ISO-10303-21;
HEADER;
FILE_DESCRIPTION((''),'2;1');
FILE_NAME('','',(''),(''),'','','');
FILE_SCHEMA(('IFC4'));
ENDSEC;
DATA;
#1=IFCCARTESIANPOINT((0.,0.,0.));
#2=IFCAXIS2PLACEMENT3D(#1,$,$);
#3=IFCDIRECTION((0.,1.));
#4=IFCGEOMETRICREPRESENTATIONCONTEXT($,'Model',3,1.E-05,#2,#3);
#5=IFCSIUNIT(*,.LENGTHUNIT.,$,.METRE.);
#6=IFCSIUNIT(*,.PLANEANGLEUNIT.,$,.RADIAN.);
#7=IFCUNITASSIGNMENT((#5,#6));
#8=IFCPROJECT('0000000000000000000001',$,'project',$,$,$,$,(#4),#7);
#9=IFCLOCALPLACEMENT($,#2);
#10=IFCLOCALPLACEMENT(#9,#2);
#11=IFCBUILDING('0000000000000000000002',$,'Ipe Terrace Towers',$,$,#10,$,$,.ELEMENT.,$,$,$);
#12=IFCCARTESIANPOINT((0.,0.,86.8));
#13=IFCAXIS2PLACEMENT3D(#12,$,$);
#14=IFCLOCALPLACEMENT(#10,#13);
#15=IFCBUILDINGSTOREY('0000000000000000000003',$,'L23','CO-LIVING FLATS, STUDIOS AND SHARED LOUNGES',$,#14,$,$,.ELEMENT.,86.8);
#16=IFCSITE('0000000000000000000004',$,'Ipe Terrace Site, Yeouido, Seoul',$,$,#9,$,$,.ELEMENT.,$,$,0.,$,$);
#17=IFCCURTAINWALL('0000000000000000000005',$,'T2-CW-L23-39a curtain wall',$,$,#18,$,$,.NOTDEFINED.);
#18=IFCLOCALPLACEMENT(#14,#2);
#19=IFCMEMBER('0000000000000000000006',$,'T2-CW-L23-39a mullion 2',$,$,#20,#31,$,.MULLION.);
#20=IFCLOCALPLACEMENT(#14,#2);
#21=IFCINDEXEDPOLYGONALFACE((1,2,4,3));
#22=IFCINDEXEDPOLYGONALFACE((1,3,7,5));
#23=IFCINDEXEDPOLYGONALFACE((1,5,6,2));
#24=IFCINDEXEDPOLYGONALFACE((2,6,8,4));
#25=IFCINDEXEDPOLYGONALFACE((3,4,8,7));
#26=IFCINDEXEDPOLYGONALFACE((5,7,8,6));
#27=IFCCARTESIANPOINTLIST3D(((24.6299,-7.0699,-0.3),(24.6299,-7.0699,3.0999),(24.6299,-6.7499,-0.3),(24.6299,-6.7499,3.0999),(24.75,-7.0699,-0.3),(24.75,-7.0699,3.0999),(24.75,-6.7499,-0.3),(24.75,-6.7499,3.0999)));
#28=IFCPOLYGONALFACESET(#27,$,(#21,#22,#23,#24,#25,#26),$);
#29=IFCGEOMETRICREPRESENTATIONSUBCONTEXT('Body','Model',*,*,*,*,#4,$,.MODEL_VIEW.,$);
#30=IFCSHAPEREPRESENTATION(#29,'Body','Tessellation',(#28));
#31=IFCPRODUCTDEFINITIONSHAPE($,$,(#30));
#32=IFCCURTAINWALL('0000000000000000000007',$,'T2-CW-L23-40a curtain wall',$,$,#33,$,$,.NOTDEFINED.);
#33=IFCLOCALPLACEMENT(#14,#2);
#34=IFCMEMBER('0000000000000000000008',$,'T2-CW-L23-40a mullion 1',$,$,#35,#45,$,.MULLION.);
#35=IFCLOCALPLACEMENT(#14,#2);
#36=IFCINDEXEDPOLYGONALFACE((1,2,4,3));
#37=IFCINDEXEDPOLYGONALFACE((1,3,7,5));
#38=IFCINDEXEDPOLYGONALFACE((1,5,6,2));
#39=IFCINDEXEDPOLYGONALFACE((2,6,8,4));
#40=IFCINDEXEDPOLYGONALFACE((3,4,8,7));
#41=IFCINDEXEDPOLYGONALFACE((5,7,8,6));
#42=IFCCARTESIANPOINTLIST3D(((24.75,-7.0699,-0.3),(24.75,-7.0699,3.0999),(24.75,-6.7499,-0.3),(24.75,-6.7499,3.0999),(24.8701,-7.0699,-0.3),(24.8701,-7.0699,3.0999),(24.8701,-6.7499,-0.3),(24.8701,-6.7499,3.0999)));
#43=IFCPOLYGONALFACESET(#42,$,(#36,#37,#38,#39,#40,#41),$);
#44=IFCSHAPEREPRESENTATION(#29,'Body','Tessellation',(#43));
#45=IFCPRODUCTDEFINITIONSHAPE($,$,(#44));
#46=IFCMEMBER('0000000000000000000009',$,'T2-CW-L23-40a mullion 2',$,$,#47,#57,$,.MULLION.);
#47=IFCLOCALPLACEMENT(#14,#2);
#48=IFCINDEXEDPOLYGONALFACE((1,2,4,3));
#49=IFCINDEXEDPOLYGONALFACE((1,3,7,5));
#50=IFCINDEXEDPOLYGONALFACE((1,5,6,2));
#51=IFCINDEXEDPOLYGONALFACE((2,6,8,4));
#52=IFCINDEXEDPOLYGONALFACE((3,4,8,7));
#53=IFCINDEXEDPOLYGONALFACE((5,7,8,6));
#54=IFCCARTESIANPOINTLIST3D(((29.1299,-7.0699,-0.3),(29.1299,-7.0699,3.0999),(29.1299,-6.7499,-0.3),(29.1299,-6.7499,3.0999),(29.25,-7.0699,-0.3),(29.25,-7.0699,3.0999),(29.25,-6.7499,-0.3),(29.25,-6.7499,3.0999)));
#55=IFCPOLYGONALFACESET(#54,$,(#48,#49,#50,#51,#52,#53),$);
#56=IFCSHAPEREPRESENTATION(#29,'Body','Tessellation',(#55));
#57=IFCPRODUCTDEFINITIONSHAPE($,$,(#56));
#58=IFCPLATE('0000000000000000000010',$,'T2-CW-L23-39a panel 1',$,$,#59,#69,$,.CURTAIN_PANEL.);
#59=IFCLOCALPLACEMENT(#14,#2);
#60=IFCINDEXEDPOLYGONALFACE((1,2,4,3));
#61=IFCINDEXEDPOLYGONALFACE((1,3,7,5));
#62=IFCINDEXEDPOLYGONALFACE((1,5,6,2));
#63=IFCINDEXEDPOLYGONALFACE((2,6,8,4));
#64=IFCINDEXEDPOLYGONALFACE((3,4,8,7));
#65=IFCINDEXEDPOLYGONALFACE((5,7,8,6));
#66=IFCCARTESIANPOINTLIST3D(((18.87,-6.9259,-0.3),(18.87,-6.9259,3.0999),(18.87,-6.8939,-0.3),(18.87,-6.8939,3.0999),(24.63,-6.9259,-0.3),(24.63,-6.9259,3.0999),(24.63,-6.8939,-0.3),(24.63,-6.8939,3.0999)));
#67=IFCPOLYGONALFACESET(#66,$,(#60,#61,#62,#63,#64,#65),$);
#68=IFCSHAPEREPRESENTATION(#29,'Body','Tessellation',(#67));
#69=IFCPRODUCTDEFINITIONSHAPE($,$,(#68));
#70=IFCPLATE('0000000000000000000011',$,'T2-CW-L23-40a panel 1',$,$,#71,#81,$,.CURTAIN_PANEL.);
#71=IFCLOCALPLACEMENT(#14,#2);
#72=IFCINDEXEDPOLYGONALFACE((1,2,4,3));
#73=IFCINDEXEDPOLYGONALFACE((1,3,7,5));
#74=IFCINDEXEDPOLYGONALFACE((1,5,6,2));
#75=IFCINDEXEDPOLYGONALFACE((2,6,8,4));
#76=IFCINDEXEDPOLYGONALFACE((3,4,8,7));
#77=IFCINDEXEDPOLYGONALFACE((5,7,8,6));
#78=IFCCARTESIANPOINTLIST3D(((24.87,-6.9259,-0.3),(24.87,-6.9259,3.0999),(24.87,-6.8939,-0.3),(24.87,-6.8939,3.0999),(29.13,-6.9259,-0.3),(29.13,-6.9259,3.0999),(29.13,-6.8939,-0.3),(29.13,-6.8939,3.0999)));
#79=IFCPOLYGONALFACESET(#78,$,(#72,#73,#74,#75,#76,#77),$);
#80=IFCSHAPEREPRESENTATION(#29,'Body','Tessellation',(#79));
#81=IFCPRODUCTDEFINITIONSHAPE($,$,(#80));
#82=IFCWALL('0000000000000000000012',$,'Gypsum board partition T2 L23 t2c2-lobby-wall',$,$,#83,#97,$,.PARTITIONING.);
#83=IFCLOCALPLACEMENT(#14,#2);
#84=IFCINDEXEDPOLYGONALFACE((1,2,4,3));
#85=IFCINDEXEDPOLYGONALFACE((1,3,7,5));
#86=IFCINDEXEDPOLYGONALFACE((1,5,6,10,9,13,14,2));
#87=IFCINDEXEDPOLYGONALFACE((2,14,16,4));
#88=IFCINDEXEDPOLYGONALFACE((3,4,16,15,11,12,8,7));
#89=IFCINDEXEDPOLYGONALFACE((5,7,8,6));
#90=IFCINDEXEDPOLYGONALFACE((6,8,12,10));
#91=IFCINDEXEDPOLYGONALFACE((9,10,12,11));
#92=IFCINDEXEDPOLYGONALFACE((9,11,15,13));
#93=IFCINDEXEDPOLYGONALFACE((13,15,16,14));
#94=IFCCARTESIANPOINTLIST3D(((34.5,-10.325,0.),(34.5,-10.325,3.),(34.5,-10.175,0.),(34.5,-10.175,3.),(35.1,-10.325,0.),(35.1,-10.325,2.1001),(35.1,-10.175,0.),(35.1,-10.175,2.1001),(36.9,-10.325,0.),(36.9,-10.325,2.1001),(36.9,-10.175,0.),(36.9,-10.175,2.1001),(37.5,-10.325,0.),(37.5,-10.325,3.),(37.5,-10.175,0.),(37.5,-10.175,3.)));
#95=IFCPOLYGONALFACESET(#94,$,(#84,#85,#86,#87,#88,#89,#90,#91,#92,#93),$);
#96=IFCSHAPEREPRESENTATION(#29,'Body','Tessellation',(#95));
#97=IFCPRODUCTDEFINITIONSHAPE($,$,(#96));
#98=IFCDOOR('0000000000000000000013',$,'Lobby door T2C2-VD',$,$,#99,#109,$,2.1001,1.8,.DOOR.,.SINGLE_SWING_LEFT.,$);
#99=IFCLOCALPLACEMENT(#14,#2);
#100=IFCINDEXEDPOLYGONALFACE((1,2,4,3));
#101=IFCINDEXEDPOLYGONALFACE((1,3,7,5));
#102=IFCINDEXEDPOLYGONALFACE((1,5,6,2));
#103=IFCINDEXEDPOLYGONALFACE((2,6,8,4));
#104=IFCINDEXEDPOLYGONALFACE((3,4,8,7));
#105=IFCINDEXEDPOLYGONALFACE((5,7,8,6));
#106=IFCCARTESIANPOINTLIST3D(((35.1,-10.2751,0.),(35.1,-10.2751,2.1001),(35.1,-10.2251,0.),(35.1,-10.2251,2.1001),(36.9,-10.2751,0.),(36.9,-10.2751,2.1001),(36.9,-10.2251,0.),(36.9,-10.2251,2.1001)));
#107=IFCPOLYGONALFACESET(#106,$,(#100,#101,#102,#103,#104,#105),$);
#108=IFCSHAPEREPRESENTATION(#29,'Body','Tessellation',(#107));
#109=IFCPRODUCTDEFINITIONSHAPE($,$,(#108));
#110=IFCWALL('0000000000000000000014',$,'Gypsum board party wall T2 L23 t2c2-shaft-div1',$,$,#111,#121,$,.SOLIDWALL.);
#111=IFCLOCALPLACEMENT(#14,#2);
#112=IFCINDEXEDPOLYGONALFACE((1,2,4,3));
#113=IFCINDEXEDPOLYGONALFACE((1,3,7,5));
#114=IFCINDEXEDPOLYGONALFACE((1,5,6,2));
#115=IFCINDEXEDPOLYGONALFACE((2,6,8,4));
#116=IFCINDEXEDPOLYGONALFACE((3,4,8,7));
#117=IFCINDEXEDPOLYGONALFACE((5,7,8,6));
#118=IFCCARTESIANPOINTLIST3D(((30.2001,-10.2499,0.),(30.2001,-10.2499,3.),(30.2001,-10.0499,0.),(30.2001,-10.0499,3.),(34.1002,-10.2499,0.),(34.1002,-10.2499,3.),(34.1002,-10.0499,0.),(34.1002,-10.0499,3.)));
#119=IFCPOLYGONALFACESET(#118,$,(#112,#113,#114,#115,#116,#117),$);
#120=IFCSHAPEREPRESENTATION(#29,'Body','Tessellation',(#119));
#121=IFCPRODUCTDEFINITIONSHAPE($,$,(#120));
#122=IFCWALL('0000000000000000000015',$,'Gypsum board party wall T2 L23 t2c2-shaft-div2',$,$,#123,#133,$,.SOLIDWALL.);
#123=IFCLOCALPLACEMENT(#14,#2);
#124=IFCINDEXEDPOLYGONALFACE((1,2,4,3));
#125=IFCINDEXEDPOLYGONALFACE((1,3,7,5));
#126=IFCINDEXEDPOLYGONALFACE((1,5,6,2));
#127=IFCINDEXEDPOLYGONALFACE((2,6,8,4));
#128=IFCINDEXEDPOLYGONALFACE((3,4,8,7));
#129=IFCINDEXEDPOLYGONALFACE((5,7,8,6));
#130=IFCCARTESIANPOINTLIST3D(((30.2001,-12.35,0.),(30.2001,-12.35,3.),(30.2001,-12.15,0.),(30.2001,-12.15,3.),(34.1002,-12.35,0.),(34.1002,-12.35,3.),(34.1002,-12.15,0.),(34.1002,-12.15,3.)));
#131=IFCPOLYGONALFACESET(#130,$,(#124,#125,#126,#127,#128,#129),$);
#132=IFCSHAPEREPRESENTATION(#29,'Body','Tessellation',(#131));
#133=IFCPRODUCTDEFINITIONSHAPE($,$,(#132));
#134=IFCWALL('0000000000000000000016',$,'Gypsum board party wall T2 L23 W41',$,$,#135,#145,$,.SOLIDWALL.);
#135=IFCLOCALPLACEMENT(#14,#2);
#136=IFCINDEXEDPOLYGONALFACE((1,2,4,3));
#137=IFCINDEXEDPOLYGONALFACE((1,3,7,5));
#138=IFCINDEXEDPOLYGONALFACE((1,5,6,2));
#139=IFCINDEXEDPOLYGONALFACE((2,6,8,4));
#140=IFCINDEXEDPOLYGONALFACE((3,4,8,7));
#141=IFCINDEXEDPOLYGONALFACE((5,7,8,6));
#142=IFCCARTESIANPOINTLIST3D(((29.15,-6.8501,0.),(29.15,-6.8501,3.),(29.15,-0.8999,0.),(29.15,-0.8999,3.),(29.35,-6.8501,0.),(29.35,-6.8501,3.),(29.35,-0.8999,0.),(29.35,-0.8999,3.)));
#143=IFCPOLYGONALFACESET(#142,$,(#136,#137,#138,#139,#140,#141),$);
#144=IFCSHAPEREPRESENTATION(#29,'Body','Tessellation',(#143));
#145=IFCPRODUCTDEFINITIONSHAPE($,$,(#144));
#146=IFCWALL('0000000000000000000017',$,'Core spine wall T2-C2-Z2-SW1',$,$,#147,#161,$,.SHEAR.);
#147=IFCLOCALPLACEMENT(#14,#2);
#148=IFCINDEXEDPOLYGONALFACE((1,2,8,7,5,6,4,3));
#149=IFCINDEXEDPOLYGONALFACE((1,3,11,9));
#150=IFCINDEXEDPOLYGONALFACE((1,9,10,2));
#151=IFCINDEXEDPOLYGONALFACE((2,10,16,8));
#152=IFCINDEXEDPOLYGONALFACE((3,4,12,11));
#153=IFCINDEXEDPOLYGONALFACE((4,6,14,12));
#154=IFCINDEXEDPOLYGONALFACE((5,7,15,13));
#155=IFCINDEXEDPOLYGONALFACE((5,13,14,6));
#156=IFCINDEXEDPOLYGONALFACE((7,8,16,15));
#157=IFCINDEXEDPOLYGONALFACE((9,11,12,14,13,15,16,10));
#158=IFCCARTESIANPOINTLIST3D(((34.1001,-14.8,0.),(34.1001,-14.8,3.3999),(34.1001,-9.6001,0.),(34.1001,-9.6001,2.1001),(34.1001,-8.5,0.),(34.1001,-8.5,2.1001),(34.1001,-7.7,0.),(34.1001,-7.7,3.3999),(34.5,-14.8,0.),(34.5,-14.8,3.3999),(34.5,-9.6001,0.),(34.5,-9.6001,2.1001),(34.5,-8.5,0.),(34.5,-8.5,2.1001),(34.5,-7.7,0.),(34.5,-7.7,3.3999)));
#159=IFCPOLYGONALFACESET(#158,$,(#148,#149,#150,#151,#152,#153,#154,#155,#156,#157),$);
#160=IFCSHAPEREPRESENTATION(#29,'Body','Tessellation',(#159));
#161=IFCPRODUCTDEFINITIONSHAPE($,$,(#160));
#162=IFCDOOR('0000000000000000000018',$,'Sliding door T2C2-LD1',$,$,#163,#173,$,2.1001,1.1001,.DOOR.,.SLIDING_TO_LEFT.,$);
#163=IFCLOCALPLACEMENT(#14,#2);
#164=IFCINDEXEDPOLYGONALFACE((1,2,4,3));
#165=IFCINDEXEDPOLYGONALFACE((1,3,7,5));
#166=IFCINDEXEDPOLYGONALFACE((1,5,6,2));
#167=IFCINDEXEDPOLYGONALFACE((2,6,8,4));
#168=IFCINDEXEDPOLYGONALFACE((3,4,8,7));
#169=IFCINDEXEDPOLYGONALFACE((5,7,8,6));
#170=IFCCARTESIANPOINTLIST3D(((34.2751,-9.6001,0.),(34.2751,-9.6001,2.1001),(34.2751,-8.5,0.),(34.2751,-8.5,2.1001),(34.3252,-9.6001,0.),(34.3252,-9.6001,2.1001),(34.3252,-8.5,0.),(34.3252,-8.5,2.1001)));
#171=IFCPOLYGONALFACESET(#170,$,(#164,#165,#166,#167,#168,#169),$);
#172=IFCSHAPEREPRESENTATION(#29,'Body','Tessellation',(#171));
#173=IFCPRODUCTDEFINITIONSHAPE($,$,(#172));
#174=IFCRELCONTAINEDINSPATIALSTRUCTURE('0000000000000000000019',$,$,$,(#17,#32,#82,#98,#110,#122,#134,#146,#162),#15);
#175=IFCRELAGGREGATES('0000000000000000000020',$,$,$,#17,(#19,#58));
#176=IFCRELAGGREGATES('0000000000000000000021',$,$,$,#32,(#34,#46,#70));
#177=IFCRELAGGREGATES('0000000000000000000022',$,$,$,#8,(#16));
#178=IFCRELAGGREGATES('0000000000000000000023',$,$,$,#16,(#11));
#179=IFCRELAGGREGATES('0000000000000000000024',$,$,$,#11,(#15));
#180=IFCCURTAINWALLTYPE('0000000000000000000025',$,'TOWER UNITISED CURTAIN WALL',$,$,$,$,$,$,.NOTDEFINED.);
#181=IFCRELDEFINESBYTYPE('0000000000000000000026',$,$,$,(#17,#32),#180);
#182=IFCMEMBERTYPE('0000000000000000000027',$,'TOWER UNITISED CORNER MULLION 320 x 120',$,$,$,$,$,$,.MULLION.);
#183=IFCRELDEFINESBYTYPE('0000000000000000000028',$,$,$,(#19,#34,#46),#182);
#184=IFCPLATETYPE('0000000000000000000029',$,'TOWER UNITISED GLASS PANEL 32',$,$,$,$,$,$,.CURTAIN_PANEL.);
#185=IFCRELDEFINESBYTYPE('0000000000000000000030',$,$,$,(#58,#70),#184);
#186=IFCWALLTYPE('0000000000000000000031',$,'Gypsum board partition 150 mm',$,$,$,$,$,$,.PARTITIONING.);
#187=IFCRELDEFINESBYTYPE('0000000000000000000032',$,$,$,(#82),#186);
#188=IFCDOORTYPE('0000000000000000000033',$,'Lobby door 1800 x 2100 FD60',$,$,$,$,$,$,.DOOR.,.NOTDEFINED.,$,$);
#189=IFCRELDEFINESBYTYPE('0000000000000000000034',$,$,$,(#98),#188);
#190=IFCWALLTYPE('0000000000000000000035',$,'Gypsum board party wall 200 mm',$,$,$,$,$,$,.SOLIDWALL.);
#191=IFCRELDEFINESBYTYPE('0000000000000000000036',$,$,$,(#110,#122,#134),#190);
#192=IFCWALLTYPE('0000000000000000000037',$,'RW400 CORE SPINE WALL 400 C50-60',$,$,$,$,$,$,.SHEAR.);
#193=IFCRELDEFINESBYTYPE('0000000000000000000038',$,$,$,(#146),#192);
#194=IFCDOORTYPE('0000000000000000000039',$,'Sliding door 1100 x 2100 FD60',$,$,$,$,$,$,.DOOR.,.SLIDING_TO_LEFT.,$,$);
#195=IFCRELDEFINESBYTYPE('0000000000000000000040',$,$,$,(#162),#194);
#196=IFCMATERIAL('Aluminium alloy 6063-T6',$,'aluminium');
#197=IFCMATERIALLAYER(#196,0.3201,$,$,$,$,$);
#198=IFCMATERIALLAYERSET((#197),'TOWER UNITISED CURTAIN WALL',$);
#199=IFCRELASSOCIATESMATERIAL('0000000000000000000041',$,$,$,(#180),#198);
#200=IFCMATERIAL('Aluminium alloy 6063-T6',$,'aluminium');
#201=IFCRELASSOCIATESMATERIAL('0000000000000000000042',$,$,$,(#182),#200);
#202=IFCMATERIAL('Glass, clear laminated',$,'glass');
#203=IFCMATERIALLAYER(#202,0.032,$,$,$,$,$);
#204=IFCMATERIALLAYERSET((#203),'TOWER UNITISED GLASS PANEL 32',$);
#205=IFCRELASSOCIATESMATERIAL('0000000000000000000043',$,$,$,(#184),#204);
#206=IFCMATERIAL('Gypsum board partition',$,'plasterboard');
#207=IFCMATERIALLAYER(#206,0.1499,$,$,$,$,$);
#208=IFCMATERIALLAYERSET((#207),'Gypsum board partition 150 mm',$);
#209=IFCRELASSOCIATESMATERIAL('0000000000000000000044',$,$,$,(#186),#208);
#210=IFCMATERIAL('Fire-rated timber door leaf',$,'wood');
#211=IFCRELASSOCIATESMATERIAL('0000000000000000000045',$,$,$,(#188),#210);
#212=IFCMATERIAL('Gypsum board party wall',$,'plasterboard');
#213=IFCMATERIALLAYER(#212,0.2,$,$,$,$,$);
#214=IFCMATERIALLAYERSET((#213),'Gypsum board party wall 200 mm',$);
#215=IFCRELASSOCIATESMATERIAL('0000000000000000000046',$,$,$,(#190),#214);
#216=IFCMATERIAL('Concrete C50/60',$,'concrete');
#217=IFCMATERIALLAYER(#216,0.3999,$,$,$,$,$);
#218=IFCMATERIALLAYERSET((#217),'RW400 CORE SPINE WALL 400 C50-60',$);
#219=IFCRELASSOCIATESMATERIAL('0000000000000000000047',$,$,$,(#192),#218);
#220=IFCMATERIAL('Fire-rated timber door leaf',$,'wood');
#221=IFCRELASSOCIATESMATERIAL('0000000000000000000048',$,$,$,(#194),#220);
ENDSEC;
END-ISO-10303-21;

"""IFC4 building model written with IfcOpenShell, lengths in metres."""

from ifc_helpers import new_model, si_unit, direction, frame, frame_2d, origin, origin_2d, place, context, subcontext, project, spatial, rectangle, extrude, material, layer, layer_set, material_profile, profile_set, type_object, element, fill, aggregate, save


model = new_model("IFC4")

# Units and contexts
model_context = context("Model", 3, precision=1e-05, world=origin(), true_north=direction((0.0, 1.0)))
body_context = subcontext(model_context, "Body", "Model", "MODEL_VIEW")
ifc_project = project(units=[si_unit("LENGTHUNIT", "METRE"), si_unit("PLANEANGLEUNIT", "RADIAN")], contexts=[model_context])

# Site, building, storey
site_placement = place(None, origin())
site = spatial("IfcSite", under=ifc_project, at=site_placement, Name="Ipe Terrace Site, Yeouido, Seoul", CompositionType="ELEMENT", RefElevation=0.0)
building_placement = place(site_placement, origin())
building = spatial("IfcBuilding", under=site, at=building_placement, Name="Ipe Terrace Towers", CompositionType="ELEMENT")
storey_placement = place(building_placement, frame((0.0, 0.0, 86.8)))
storey = spatial("IfcBuildingStorey", under=building, at=storey_placement, Name="L23", Description="CO-LIVING FLATS, STUDIOS AND SHARED LOUNGES", CompositionType="ELEMENT", Elevation=86.8)

# Curtain wall, member
ifc_material_1 = material(Name="Aluminium alloy 6063-T6", Category="aluminium")
ifc_layer_1 = layer(ifc_material_1, 0.3201)
ifc_layer_set_1 = layer_set([ifc_layer_1], Name="TOWER UNITISED CURTAIN WALL")
curtain_wall_type = type_object("IfcCurtainWallType", Name="TOWER UNITISED CURTAIN WALL", PredefinedType="NOTDEFINED", material=ifc_layer_set_1)
curtain_wall_1_placement = place(storey_placement, origin())
curtain_wall_1 = element("IfcCurtainWall", 1, at=curtain_wall_1_placement, inside=storey, type_object=curtain_wall_type, Name="T2-CW-L23-39a curtain wall", PredefinedType="NOTDEFINED")
ifc_material_2 = material(Name="Aluminium alloy 6063-T6", Category="aluminium")
ifc_material_profile_1 = material_profile(ifc_material_2, rectangle(XDim=0.3201, YDim=0.1201, at=origin_2d()), Name="TOWER UNITISED CORNER MULLION 320 x 120")
ifc_profile_set_1 = profile_set([ifc_material_profile_1], Name="Aluminium alloy 6063-T6")
member_type = type_object("IfcMemberType", Name="TOWER UNITISED CORNER MULLION 320 x 120", PredefinedType="MULLION", material=ifc_profile_set_1)
member_1_placement = place(storey_placement, frame((24.6899, -6.9099, -0.3), z_axis=(0.0, 0.0, 1.0), x_axis=(0.0, -1.0, 0.0)))
member_1 = element("IfcMember", 2, at=member_1_placement, type_object=member_type, Name="T2-CW-L23-39a mullion 2", PredefinedType="MULLION", context=body_context, shape_type="SweptSolid", body=[
    extrude(rectangle(XDim=0.3201, YDim=0.1201, at=origin_2d()), origin(), (0.0, 0.0, 1.0), 3.3999),
])

# Curtain wall, members
curtain_wall_2_placement = place(storey_placement, origin())
curtain_wall_2 = element("IfcCurtainWall", 3, at=curtain_wall_2_placement, inside=storey, type_object=curtain_wall_type, Name="T2-CW-L23-40a curtain wall", PredefinedType="NOTDEFINED")
member_2_placement = place(storey_placement, frame((24.8101, -6.9099, -0.3), z_axis=(0.0, 0.0, 1.0), x_axis=(0.0, -1.0, 0.0)))
member_2 = element("IfcMember", 4, at=member_2_placement, type_object=member_type, Name="T2-CW-L23-40a mullion 1", PredefinedType="MULLION", context=body_context, shape_type="SweptSolid", body=[
    extrude(rectangle(XDim=0.3201, YDim=0.1201, at=origin_2d()), origin(), (0.0, 0.0, 1.0), 3.3999),
])
member_3_placement = place(storey_placement, frame((29.1899, -6.9099, -0.3), z_axis=(0.0, 0.0, 1.0), x_axis=(0.0, -1.0, 0.0)))
member_3 = element("IfcMember", 5, at=member_3_placement, type_object=member_type, Name="T2-CW-L23-40a mullion 2", PredefinedType="MULLION", context=body_context, shape_type="SweptSolid", body=[
    extrude(rectangle(XDim=0.3201, YDim=0.1201, at=origin_2d()), origin(), (0.0, 0.0, 1.0), 3.3999),
])

# Plates
ifc_material_3 = material(Name="Glass, clear laminated", Category="glass")
ifc_layer_2 = layer(ifc_material_3, 0.032)
ifc_layer_set_2 = layer_set([ifc_layer_2], Name="TOWER UNITISED GLASS PANEL 32")
plate_type = type_object("IfcPlateType", Name="TOWER UNITISED GLASS PANEL 32", PredefinedType="CURTAIN_PANEL", material=ifc_layer_set_2)
plate_1_placement = place(storey_placement, frame((21.75, -6.9099, -0.3), z_axis=(0.0, 0.0, 1.0), x_axis=(1.0, 0.0, 0.0)))
plate_1 = element("IfcPlate", 6, at=plate_1_placement, type_object=plate_type, Name="T2-CW-L23-39a panel 1", PredefinedType="CURTAIN_PANEL", context=body_context, shape_type="SweptSolid", body=[
    extrude(rectangle(XDim=5.76, YDim=0.032, at=origin_2d()), origin(), (0.0, 0.0, 1.0), 3.3999),
])
aggregate(curtain_wall_1, [member_1, plate_1])
plate_2_placement = place(storey_placement, frame((27.0, -6.9099, -0.3), z_axis=(0.0, 0.0, 1.0), x_axis=(1.0, 0.0, 0.0)))
plate_2 = element("IfcPlate", 7, at=plate_2_placement, type_object=plate_type, Name="T2-CW-L23-40a panel 1", PredefinedType="CURTAIN_PANEL", context=body_context, shape_type="SweptSolid", body=[
    extrude(rectangle(XDim=4.26, YDim=0.032, at=origin_2d()), origin(), (0.0, 0.0, 1.0), 3.3999),
])
aggregate(curtain_wall_2, [member_2, member_3, plate_2])

# Wall, opening, door
ifc_material_4 = material(Name="Gypsum board partition", Category="plasterboard")
ifc_layer_3 = layer(ifc_material_4, 0.1499)
ifc_layer_set_3 = layer_set([ifc_layer_3], Name="Gypsum board partition 150 mm")
wall_type_1 = type_object("IfcWallType", Name="Gypsum board partition 150 mm", PredefinedType="PARTITIONING", material=ifc_layer_set_3)
wall_1_placement = place(storey_placement, frame((34.5, -10.25, 0.0), z_axis=(0.0, 0.0, 1.0), x_axis=(1.0, 0.0, 0.0)))
wall_1 = element("IfcWall", 8, at=wall_1_placement, inside=storey, type_object=wall_type_1, Name="Gypsum board partition T2 L23 t2c2-lobby-wall", PredefinedType="PARTITIONING", context=body_context, shape_type="SweptSolid", body=[
    extrude(rectangle(XDim=3.0, YDim=0.1499, at=frame_2d((1.5, 0.0))), origin(), (0.0, 0.0, 1.0), 3.0),
])
opening_1_placement = place(wall_1_placement, frame((0.6001, 0.0, 0.0)))
opening_1 = element("IfcOpeningElement", 9, at=opening_1_placement, cuts=wall_1, PredefinedType="OPENING", context=body_context, shape_type="SweptSolid", body=[
    extrude(rectangle(XDim=1.8, YDim=2.1001, at=frame_2d((0.8999, 1.05))), frame((0.0, 0.085, 0.0), z_axis=(0.0, -1.0, 0.0), x_axis=(1.0, 0.0, 0.0)), (0.0, 0.0, 1.0), 0.1699),
])
ifc_material_5 = material(Name="Fire-rated timber door leaf", Category="wood")
door_type_1 = type_object("IfcDoorType", Name="Lobby door 1800 x 2100 FD60", OperationType="NOTDEFINED", PredefinedType="DOOR", material=ifc_material_5)
door_1_placement = place(opening_1_placement, origin())
door_1 = element("IfcDoor", 10, at=door_1_placement, inside=storey, type_object=door_type_1, Name="Lobby door T2C2-VD", OperationType="SINGLE_SWING_LEFT", OverallHeight=2.1001, OverallWidth=1.8, PredefinedType="DOOR", context=body_context, shape_type="SweptSolid", body=[
    extrude(rectangle(XDim=1.8, YDim=2.1001, at=frame_2d((0.8999, 1.05))), frame((0.0, 0.0249, 0.0), z_axis=(0.0, -1.0, 0.0), x_axis=(1.0, 0.0, 0.0)), (0.0, 0.0, 1.0), 0.05),
])
fill(opening_1, door_1)

# Walls
ifc_material_6 = material(Name="Gypsum board party wall", Category="plasterboard")
ifc_layer_4 = layer(ifc_material_6, 0.2)
ifc_layer_set_4 = layer_set([ifc_layer_4], Name="Gypsum board party wall 200 mm")
wall_type_2 = type_object("IfcWallType", Name="Gypsum board party wall 200 mm", PredefinedType="SOLIDWALL", material=ifc_layer_set_4)
for number, where, z_axis, x_axis, name in (
    (11, (30.2, -10.1499, 0.0), (0.0, 0.0, 1.0), (1.0, 0.0, 0.0), "Gypsum board party wall T2 L23 t2c2-shaft-div1"),
    (12, (30.2, -12.25, 0.0), (0.0, 0.0, 1.0), (1.0, 0.0, 0.0), "Gypsum board party wall T2 L23 t2c2-shaft-div2"),
):
    element("IfcWall", number, at=place(storey_placement, frame(where, z_axis=z_axis, x_axis=x_axis)), inside=storey, type_object=wall_type_2, Name=name, PredefinedType="SOLIDWALL", context=body_context, shape_type="SweptSolid", body=[
        extrude(rectangle(XDim=3.9001, YDim=0.2, at=frame_2d((1.9502, 0.0))), origin(), (0.0, 0.0, 1.0), 3.0),
    ])
wall_2_placement = place(storey_placement, frame((29.25, -6.8501, 0.0), z_axis=(0.0, 0.0, 1.0), x_axis=(0.0, 1.0, 0.0)))
element("IfcWall", 13, at=wall_2_placement, inside=storey, type_object=wall_type_2, Name="Gypsum board party wall T2 L23 W41", PredefinedType="SOLIDWALL", context=body_context, shape_type="SweptSolid", body=[
    extrude(rectangle(XDim=5.9502, YDim=0.2, at=frame_2d((2.9751, 0.0))), origin(), (0.0, 0.0, 1.0), 3.0),
])

# Wall, opening, door
ifc_material_7 = material(Name="Concrete C50/60", Category="concrete")
ifc_layer_5 = layer(ifc_material_7, 0.3999)
ifc_layer_set_5 = layer_set([ifc_layer_5], Name="RW400 CORE SPINE WALL 400 C50-60")
wall_type_3 = type_object("IfcWallType", Name="RW400 CORE SPINE WALL 400 C50-60", PredefinedType="SHEAR", material=ifc_layer_set_5)
wall_3_placement = place(storey_placement, frame((34.3, -14.8, 0.0), z_axis=(0.0, 0.0, 1.0), x_axis=(0.0, 1.0, 0.0)))
wall_3 = element("IfcWall", 14, at=wall_3_placement, inside=storey, type_object=wall_type_3, Name="Core spine wall T2-C2-Z2-SW1", PredefinedType="SHEAR", context=body_context, shape_type="SweptSolid", body=[
    extrude(rectangle(XDim=7.1001, YDim=0.3999, at=frame_2d((3.55, 0.0))), origin(), (0.0, 0.0, 1.0), 3.3999),
])
opening_2_placement = place(wall_3_placement, frame((5.2, 0.0, 0.0)))
opening_2 = element("IfcOpeningElement", 15, at=opening_2_placement, cuts=wall_3, PredefinedType="OPENING", context=body_context, shape_type="SweptSolid", body=[
    extrude(rectangle(XDim=1.1001, YDim=2.1001, at=frame_2d((0.55, 1.05))), frame((0.0, 0.21, 0.0), z_axis=(0.0, -1.0, 0.0), x_axis=(1.0, 0.0, 0.0)), (0.0, 0.0, 1.0), 0.4199),
])
ifc_material_8 = material(Name="Fire-rated timber door leaf", Category="wood")
door_type_2 = type_object("IfcDoorType", Name="Sliding door 1100 x 2100 FD60", OperationType="SLIDING_TO_LEFT", PredefinedType="DOOR", material=ifc_material_8)
door_2_placement = place(opening_2_placement, origin())
door_2 = element("IfcDoor", 16, at=door_2_placement, inside=storey, type_object=door_type_2, Name="Sliding door T2C2-LD1", OperationType="SLIDING_TO_LEFT", OverallHeight=2.1001, OverallWidth=1.1001, PredefinedType="DOOR", context=body_context, shape_type="SweptSolid", body=[
    extrude(rectangle(XDim=1.1001, YDim=2.1001, at=frame_2d((0.55, 1.05))), frame((0.0, 0.0249, 0.0), z_axis=(0.0, -1.0, 0.0), x_axis=(1.0, 0.0, 0.0)), (0.0, 0.0, 1.0), 0.05),
])
fill(opening_2, door_2)

save(model, "model.ifc")
